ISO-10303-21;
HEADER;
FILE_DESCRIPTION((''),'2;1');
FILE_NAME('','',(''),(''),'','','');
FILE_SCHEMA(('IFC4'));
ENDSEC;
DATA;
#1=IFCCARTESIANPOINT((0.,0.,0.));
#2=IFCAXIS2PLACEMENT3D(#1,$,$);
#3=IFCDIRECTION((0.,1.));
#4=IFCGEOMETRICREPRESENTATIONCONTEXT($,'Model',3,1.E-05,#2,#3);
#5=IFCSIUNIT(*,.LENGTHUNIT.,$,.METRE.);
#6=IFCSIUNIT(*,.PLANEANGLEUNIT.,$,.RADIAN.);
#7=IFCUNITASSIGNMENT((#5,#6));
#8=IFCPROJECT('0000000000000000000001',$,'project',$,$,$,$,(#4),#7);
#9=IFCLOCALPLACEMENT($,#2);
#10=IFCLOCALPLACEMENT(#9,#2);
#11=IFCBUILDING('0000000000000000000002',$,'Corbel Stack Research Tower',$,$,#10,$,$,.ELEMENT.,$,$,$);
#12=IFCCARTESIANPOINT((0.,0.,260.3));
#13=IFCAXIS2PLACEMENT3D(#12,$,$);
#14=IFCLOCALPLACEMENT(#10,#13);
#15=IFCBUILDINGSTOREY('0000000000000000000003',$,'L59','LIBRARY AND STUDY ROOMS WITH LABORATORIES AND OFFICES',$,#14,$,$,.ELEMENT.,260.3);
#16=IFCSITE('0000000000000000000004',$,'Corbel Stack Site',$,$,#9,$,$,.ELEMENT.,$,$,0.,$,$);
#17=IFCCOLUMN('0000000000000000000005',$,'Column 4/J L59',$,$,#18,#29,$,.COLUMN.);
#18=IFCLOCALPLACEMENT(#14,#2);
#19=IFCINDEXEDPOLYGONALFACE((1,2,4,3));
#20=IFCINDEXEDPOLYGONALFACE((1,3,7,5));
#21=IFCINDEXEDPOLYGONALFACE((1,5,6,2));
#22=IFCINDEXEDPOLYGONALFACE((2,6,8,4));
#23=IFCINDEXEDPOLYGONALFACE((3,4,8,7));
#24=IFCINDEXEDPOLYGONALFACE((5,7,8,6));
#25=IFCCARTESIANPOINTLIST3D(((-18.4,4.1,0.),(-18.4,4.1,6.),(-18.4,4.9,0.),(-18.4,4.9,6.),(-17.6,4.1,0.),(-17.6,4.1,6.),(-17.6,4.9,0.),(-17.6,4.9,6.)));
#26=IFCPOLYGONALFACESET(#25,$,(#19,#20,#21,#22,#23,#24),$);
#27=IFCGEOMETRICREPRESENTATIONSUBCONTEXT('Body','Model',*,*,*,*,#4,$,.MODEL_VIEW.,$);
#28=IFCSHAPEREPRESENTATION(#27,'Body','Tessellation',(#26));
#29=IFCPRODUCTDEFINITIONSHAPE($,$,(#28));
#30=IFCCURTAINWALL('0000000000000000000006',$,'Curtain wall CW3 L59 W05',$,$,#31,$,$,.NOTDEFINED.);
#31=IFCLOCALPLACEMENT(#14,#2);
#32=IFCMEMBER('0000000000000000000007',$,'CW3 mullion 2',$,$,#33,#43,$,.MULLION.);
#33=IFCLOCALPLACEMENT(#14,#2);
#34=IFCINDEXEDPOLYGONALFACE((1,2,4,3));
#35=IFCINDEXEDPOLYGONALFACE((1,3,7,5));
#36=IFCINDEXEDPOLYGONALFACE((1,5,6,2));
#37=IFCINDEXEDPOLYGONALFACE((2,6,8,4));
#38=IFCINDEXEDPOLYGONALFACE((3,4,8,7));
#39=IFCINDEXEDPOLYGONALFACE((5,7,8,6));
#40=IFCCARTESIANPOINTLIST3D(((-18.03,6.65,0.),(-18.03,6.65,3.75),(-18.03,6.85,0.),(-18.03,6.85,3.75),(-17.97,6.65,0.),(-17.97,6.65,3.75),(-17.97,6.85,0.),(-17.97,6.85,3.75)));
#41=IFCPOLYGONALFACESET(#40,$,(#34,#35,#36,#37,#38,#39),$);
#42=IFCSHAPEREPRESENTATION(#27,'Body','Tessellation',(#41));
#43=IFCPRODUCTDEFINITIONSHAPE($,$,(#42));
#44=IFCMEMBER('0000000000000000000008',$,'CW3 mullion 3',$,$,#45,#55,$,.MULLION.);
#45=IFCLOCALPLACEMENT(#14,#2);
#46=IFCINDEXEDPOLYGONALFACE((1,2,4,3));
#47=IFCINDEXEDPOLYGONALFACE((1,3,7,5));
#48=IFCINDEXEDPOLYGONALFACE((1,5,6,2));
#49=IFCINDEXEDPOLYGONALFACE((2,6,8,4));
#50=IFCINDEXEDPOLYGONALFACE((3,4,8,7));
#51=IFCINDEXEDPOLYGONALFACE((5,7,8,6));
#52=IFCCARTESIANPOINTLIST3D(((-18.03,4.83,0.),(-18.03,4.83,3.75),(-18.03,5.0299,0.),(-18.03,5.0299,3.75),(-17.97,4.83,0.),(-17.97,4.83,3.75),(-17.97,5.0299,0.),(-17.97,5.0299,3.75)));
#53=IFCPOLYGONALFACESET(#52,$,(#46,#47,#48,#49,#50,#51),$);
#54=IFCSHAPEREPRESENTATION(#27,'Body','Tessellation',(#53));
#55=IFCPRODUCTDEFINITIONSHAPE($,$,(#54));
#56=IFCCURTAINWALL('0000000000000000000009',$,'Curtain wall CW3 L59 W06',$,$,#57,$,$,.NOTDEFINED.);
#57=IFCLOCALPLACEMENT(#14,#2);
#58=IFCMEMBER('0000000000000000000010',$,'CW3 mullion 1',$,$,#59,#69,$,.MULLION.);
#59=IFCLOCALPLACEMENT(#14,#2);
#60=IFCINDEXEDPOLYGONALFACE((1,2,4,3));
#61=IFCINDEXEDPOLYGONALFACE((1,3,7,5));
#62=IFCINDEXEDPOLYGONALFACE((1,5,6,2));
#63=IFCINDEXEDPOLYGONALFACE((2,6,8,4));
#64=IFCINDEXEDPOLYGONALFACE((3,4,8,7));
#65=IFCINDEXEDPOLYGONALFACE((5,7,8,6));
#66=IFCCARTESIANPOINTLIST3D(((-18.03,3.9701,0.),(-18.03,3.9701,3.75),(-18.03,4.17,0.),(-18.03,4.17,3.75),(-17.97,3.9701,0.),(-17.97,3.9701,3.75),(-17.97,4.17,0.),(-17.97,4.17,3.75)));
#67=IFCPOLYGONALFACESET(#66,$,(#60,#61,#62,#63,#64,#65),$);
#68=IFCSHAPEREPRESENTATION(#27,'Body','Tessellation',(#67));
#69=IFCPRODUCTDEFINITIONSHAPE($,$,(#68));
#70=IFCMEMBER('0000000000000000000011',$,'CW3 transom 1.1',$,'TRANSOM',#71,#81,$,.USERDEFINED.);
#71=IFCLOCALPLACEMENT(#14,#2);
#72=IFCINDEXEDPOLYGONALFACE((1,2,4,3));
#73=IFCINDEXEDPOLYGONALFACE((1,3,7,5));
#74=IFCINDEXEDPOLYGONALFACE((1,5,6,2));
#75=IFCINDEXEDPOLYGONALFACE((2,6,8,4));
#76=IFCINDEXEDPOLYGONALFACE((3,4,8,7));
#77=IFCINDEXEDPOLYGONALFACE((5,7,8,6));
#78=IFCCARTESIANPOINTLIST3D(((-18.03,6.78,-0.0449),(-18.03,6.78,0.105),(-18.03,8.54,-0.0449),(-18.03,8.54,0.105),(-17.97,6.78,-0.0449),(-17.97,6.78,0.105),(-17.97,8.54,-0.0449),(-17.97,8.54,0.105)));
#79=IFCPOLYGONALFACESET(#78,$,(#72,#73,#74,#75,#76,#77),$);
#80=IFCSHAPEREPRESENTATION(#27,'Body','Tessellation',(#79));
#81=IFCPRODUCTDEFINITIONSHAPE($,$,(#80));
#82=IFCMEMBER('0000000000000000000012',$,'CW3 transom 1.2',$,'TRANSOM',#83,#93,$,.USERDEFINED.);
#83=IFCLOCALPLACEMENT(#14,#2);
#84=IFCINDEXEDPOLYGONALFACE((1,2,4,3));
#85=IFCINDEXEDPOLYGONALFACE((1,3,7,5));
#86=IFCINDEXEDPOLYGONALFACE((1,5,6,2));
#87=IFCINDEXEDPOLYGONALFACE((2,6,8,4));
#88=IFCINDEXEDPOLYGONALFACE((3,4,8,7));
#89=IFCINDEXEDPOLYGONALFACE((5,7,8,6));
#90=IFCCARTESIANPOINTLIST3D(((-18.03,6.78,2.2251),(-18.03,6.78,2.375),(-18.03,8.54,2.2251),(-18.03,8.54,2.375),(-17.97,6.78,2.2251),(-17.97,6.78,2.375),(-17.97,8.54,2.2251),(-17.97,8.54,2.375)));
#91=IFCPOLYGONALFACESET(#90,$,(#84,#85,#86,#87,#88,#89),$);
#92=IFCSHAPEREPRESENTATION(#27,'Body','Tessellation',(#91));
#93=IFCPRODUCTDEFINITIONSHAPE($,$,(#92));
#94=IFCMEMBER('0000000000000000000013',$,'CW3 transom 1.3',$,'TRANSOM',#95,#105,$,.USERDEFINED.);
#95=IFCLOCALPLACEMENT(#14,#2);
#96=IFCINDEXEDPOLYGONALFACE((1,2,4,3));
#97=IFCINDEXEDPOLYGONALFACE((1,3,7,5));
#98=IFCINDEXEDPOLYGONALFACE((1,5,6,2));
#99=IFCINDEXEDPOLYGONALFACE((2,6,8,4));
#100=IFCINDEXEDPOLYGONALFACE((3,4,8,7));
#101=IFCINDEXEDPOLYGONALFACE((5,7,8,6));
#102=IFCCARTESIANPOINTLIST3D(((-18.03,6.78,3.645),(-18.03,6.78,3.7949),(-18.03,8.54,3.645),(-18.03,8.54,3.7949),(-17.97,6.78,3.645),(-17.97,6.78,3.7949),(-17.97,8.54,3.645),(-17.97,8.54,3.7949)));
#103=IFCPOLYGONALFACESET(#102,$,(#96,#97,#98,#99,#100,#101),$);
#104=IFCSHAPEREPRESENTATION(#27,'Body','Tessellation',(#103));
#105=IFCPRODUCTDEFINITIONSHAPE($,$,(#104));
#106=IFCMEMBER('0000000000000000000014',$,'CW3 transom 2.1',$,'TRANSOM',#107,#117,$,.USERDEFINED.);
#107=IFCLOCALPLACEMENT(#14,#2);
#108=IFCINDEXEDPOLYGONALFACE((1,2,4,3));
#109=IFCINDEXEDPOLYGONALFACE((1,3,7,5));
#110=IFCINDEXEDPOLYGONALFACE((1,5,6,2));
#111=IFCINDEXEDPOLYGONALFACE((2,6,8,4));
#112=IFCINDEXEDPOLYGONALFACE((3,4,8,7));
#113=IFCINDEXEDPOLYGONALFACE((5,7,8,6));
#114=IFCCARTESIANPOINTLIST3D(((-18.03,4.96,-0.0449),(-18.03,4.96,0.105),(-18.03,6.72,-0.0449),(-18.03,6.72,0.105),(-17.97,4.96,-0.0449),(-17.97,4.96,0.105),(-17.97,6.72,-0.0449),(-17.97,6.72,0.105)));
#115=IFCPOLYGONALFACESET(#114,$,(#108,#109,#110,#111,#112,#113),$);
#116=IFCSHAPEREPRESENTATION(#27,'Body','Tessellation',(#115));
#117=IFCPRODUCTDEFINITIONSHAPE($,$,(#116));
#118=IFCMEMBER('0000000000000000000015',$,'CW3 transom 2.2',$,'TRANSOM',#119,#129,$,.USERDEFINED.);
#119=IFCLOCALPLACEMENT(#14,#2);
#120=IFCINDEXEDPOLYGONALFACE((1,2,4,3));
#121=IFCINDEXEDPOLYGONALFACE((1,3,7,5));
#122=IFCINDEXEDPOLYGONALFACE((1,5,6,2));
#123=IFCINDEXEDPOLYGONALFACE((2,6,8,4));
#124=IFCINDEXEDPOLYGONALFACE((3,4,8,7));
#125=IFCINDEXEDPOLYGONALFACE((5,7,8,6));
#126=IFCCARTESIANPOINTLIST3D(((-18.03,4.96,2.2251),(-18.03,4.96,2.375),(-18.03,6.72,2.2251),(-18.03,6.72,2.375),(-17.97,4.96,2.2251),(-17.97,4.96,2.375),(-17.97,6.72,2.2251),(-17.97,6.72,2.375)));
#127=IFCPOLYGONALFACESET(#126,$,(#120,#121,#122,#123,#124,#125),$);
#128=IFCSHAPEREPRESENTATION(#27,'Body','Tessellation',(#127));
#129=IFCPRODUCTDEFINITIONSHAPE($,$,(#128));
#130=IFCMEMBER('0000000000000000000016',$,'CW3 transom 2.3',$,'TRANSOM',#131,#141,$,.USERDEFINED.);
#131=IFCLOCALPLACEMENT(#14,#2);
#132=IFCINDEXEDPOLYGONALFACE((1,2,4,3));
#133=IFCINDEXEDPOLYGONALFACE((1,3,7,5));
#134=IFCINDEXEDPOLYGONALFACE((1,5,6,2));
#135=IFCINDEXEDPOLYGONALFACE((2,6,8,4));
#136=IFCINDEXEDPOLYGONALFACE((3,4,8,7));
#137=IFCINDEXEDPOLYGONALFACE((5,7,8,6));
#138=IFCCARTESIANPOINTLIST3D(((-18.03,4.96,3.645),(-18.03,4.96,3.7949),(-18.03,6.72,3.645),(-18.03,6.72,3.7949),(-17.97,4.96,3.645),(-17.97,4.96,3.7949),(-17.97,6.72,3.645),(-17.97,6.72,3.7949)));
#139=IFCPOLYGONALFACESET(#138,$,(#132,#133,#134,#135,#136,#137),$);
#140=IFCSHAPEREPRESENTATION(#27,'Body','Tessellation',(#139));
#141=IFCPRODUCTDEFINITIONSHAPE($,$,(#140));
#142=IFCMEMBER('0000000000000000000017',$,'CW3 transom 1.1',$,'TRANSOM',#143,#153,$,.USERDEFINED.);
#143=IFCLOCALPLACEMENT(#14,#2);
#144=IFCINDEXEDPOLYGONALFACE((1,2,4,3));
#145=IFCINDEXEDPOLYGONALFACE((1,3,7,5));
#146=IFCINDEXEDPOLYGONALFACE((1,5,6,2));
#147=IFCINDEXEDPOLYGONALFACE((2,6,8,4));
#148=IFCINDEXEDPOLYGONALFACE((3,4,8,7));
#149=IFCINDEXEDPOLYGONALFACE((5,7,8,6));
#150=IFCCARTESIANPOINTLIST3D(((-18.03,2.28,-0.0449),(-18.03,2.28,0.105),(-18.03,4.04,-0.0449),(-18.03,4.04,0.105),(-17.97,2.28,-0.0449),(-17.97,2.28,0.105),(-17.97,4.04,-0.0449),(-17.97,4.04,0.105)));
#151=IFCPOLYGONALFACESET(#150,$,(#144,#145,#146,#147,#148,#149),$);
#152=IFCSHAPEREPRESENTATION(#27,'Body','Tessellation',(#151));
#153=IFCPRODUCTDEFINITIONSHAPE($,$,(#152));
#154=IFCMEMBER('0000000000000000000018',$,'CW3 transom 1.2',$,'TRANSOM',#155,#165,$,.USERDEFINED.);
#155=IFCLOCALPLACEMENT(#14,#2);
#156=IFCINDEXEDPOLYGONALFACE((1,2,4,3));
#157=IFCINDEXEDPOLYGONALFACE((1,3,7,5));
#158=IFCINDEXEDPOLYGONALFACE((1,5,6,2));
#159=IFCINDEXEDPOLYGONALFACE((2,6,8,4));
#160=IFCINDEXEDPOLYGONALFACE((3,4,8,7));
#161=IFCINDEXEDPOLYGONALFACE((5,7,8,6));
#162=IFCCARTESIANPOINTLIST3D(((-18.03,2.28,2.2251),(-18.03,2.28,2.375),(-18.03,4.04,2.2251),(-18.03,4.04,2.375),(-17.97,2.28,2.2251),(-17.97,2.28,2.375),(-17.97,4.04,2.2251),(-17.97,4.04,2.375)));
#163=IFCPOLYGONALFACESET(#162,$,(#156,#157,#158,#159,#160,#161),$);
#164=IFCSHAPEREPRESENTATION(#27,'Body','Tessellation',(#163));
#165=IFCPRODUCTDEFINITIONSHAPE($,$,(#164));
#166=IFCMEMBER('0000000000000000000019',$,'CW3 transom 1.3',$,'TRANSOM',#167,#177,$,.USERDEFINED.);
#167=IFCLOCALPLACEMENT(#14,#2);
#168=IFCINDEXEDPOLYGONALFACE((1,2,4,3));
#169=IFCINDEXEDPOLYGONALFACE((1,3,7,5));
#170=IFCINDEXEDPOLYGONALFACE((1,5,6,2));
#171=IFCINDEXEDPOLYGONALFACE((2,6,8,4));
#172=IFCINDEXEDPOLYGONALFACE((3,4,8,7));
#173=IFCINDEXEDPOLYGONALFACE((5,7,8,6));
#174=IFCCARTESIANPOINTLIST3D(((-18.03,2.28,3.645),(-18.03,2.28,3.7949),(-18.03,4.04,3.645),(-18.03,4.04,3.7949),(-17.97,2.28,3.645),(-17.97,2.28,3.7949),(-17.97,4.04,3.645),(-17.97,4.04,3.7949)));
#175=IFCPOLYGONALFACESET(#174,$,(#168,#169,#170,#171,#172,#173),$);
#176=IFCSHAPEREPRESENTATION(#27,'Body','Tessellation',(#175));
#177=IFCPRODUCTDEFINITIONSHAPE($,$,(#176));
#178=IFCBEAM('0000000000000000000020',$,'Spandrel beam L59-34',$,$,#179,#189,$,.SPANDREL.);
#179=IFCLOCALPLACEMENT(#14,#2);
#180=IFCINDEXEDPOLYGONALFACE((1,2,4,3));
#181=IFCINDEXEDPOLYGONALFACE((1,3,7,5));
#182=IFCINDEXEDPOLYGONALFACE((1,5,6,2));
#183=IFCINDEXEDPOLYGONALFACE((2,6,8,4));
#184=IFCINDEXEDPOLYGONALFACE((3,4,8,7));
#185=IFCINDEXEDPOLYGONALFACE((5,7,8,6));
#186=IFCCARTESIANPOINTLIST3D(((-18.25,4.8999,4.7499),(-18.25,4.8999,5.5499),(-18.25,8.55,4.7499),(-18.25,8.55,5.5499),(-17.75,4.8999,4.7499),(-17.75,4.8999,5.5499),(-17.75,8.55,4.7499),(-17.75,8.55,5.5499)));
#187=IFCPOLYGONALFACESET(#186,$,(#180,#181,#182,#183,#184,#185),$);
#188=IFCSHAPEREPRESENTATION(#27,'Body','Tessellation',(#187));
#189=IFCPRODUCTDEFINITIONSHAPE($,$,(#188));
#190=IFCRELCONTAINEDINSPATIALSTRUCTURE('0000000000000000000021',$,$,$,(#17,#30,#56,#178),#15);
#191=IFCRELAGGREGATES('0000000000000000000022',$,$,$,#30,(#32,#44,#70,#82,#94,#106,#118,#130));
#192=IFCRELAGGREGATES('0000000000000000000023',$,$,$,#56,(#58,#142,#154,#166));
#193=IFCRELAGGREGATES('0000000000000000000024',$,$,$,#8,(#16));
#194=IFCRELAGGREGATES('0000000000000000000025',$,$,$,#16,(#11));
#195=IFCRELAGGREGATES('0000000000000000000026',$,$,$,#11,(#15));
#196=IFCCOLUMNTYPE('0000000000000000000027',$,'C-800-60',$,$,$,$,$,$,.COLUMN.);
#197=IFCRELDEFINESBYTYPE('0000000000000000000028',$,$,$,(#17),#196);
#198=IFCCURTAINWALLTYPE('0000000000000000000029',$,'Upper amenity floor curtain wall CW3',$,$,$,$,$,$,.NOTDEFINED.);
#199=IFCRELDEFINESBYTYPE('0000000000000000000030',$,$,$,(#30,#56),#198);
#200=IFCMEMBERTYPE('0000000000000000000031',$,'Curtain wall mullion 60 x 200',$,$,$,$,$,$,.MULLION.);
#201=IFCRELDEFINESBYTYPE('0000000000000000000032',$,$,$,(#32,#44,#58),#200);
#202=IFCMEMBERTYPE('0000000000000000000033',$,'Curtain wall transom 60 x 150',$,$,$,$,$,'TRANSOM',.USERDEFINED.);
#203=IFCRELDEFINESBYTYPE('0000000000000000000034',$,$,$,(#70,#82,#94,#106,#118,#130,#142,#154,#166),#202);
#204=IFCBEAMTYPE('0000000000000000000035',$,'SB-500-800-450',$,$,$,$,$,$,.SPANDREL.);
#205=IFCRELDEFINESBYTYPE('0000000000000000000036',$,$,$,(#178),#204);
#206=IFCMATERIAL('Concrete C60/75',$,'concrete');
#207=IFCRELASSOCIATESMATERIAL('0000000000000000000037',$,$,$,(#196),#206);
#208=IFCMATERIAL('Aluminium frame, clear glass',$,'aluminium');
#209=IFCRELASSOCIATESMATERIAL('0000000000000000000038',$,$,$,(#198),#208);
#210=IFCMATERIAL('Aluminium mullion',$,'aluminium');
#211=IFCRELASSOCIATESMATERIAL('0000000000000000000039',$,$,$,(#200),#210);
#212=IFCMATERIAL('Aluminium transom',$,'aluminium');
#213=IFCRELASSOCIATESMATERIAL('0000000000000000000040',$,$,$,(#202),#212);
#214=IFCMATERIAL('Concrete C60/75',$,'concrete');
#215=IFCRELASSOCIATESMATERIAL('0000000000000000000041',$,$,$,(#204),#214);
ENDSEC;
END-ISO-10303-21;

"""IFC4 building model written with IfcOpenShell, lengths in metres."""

from ifc_helpers import new_model, si_unit, direction, frame, origin, origin_2d, place, context, subcontext, project, spatial, rectangle, extrude, material, material_profile, profile_set, type_object, element, aggregate, save


model = new_model("IFC4")

# Units and contexts
model_context = context("Model", 3, precision=1e-05, world=origin(), true_north=direction((0.0, 1.0)))
body_context = subcontext(model_context, "Body", "Model", "MODEL_VIEW")
ifc_project = project(units=[si_unit("LENGTHUNIT", "METRE"), si_unit("PLANEANGLEUNIT", "RADIAN")], contexts=[model_context])

# Site, building, storey
site_placement = place(None, origin())
site = spatial("IfcSite", under=ifc_project, at=site_placement, Name="Corbel Stack Site", CompositionType="ELEMENT", RefElevation=0.0)
building_placement = place(site_placement, origin())
building = spatial("IfcBuilding", under=site, at=building_placement, Name="Corbel Stack Research Tower", CompositionType="ELEMENT")
storey_placement = place(building_placement, frame((0.0, 0.0, 260.3)))
storey = spatial("IfcBuildingStorey", under=building, at=storey_placement, Name="L59", Description="LIBRARY AND STUDY ROOMS WITH LABORATORIES AND OFFICES", CompositionType="ELEMENT", Elevation=260.3)

# Column
ifc_material_1 = material(Name="Concrete C60/75", Category="concrete")
ifc_material_profile_1 = material_profile(ifc_material_1, rectangle(XDim=0.8, YDim=0.8, at=origin_2d()), Name="RC 800 x 800")
ifc_profile_set_1 = profile_set([ifc_material_profile_1], Name="Concrete C60/75")
column_type = type_object("IfcColumnType", Name="C-800-60", PredefinedType="COLUMN", material=ifc_profile_set_1)
column_placement = place(storey_placement, frame((-18.0, 4.5, 0.0), z_axis=(0.0, 0.0, 1.0), x_axis=(1.0, 0.0, 0.0)))
element("IfcColumn", 1, at=column_placement, inside=storey, type_object=column_type, Name="Column 4/J L59", PredefinedType="COLUMN", context=body_context, shape_type="SweptSolid", body=[
    extrude(rectangle(XDim=0.8, YDim=0.8, at=origin_2d()), origin(), (0.0, 0.0, 1.0), 6.0),
])

# Curtain wall, members
ifc_material_2 = material(Name="Aluminium frame, clear glass", Category="aluminium")
curtain_wall_type = type_object("IfcCurtainWallType", Name="Upper amenity floor curtain wall CW3", PredefinedType="NOTDEFINED", material=ifc_material_2)
curtain_wall_1_placement = place(storey_placement, origin())
curtain_wall_1 = element("IfcCurtainWall", 2, at=curtain_wall_1_placement, inside=storey, type_object=curtain_wall_type, Name="Curtain wall CW3 L59 W05", PredefinedType="NOTDEFINED")
ifc_material_3 = material(Name="Aluminium mullion", Category="aluminium")
ifc_material_profile_2 = material_profile(ifc_material_3, rectangle(XDim=0.0601, YDim=0.2, at=origin_2d()), Name="Mullion 60 x 200")
ifc_profile_set_2 = profile_set([ifc_material_profile_2], Name="Aluminium mullion")
member_type_1 = type_object("IfcMemberType", Name="Curtain wall mullion 60 x 200", PredefinedType="MULLION", material=ifc_profile_set_2)
member_1_placement = place(storey_placement, frame((-18.0, 6.75, 0.0), z_axis=(0.0, 0.0, 1.0), x_axis=(1.0, 0.0, 0.0)))
member_1 = element("IfcMember", 3, at=member_1_placement, type_object=member_type_1, Name="CW3 mullion 2", PredefinedType="MULLION", context=body_context, shape_type="SweptSolid", body=[
    extrude(rectangle(XDim=0.0601, YDim=0.2, at=origin_2d()), origin(), (0.0, 0.0, 1.0), 3.75),
])
member_2_placement = place(storey_placement, frame((-18.0, 4.9299, 0.0), z_axis=(0.0, 0.0, 1.0), x_axis=(1.0, 0.0, 0.0)))
member_2 = element("IfcMember", 4, at=member_2_placement, type_object=member_type_1, Name="CW3 mullion 3", PredefinedType="MULLION", context=body_context, shape_type="SweptSolid", body=[
    extrude(rectangle(XDim=0.0601, YDim=0.2, at=origin_2d()), origin(), (0.0, 0.0, 1.0), 3.75),
])

# Curtain wall, member
curtain_wall_2_placement = place(storey_placement, origin())
curtain_wall_2 = element("IfcCurtainWall", 5, at=curtain_wall_2_placement, inside=storey, type_object=curtain_wall_type, Name="Curtain wall CW3 L59 W06", PredefinedType="NOTDEFINED")
member_3_placement = place(storey_placement, frame((-18.0, 4.0701, 0.0), z_axis=(0.0, 0.0, 1.0), x_axis=(1.0, 0.0, 0.0)))
member_3 = element("IfcMember", 6, at=member_3_placement, type_object=member_type_1, Name="CW3 mullion 1", PredefinedType="MULLION", context=body_context, shape_type="SweptSolid", body=[
    extrude(rectangle(XDim=0.0601, YDim=0.2, at=origin_2d()), origin(), (0.0, 0.0, 1.0), 3.75),
])

# Members
ifc_material_4 = material(Name="Aluminium transom", Category="aluminium")
ifc_material_profile_3 = material_profile(ifc_material_4, rectangle(XDim=0.0601, YDim=0.1499, at=origin_2d()), Name="Transom 60 x 150")
ifc_profile_set_3 = profile_set([ifc_material_profile_3], Name="Aluminium transom")
member_type_2 = type_object("IfcMemberType", Name="Curtain wall transom 60 x 150", ElementType="TRANSOM", PredefinedType="USERDEFINED", material=ifc_profile_set_3)
member_4_placement = place(storey_placement, frame((-18.0, 8.54, 0.03), z_axis=(0.0, -1.0, 0.0), x_axis=(1.0, 0.0, 0.0)))
member_4 = element("IfcMember", 7, at=member_4_placement, type_object=member_type_2, Name="CW3 transom 1.1", ObjectType="TRANSOM", PredefinedType="USERDEFINED", context=body_context, shape_type="SweptSolid", body=[
    extrude(rectangle(XDim=0.0601, YDim=0.1499, at=origin_2d()), origin(), (0.0, 0.0, 1.0), 1.76),
])
member_5_placement = place(storey_placement, frame((-18.0, 8.54, 2.3), z_axis=(0.0, -1.0, 0.0), x_axis=(1.0, 0.0, 0.0)))
member_5 = element("IfcMember", 8, at=member_5_placement, type_object=member_type_2, Name="CW3 transom 1.2", ObjectType="TRANSOM", PredefinedType="USERDEFINED", context=body_context, shape_type="SweptSolid", body=[
    extrude(rectangle(XDim=0.0601, YDim=0.1499, at=origin_2d()), origin(), (0.0, 0.0, 1.0), 1.76),
])
member_6_placement = place(storey_placement, frame((-18.0, 8.54, 3.72), z_axis=(0.0, -1.0, 0.0), x_axis=(1.0, 0.0, 0.0)))
member_6 = element("IfcMember", 9, at=member_6_placement, type_object=member_type_2, Name="CW3 transom 1.3", ObjectType="TRANSOM", PredefinedType="USERDEFINED", context=body_context, shape_type="SweptSolid", body=[
    extrude(rectangle(XDim=0.0601, YDim=0.1499, at=origin_2d()), origin(), (0.0, 0.0, 1.0), 1.76),
])
member_7_placement = place(storey_placement, frame((-18.0, 6.72, 0.03), z_axis=(0.0, -1.0, 0.0), x_axis=(1.0, 0.0, 0.0)))
member_7 = element("IfcMember", 10, at=member_7_placement, type_object=member_type_2, Name="CW3 transom 2.1", ObjectType="TRANSOM", PredefinedType="USERDEFINED", context=body_context, shape_type="SweptSolid", body=[
    extrude(rectangle(XDim=0.0601, YDim=0.1499, at=origin_2d()), origin(), (0.0, 0.0, 1.0), 1.76),
])
member_8_placement = place(storey_placement, frame((-18.0, 6.72, 2.3), z_axis=(0.0, -1.0, 0.0), x_axis=(1.0, 0.0, 0.0)))
member_8 = element("IfcMember", 11, at=member_8_placement, type_object=member_type_2, Name="CW3 transom 2.2", ObjectType="TRANSOM", PredefinedType="USERDEFINED", context=body_context, shape_type="SweptSolid", body=[
    extrude(rectangle(XDim=0.0601, YDim=0.1499, at=origin_2d()), origin(), (0.0, 0.0, 1.0), 1.76),
])
member_9_placement = place(storey_placement, frame((-18.0, 6.72, 3.72), z_axis=(0.0, -1.0, 0.0), x_axis=(1.0, 0.0, 0.0)))
member_9 = element("IfcMember", 12, at=member_9_placement, type_object=member_type_2, Name="CW3 transom 2.3", ObjectType="TRANSOM", PredefinedType="USERDEFINED", context=body_context, shape_type="SweptSolid", body=[
    extrude(rectangle(XDim=0.0601, YDim=0.1499, at=origin_2d()), origin(), (0.0, 0.0, 1.0), 1.76),
])
member_10_placement = place(storey_placement, frame((-18.0, 4.04, 0.03), z_axis=(0.0, -1.0, 0.0), x_axis=(1.0, 0.0, 0.0)))
member_10 = element("IfcMember", 13, at=member_10_placement, type_object=member_type_2, Name="CW3 transom 1.1", ObjectType="TRANSOM", PredefinedType="USERDEFINED", context=body_context, shape_type="SweptSolid", body=[
    extrude(rectangle(XDim=0.0601, YDim=0.1499, at=origin_2d()), origin(), (0.0, 0.0, 1.0), 1.76),
])
member_11_placement = place(storey_placement, frame((-18.0, 4.04, 2.3), z_axis=(0.0, -1.0, 0.0), x_axis=(1.0, 0.0, 0.0)))
member_11 = element("IfcMember", 14, at=member_11_placement, type_object=member_type_2, Name="CW3 transom 1.2", ObjectType="TRANSOM", PredefinedType="USERDEFINED", context=body_context, shape_type="SweptSolid", body=[
    extrude(rectangle(XDim=0.0601, YDim=0.1499, at=origin_2d()), origin(), (0.0, 0.0, 1.0), 1.76),
])
member_12_placement = place(storey_placement, frame((-18.0, 4.04, 3.72), z_axis=(0.0, -1.0, 0.0), x_axis=(1.0, 0.0, 0.0)))
member_12 = element("IfcMember", 15, at=member_12_placement, type_object=member_type_2, Name="CW3 transom 1.3", ObjectType="TRANSOM", PredefinedType="USERDEFINED", context=body_context, shape_type="SweptSolid", body=[
    extrude(rectangle(XDim=0.0601, YDim=0.1499, at=origin_2d()), origin(), (0.0, 0.0, 1.0), 1.76),
])

# Beam
ifc_material_5 = material(Name="Concrete C60/75", Category="concrete")
ifc_material_profile_4 = material_profile(ifc_material_5, rectangle(XDim=0.5, YDim=0.8, at=origin_2d()), Name="RC 500 x 800")
ifc_profile_set_4 = profile_set([ifc_material_profile_4], Name="Concrete C60/75")
beam_type = type_object("IfcBeamType", Name="SB-500-800-450", PredefinedType="SPANDREL", material=ifc_profile_set_4)
for number, where, z_axis, x_axis, name in (
    (16, (-18.0, 8.55, 5.1499), (0.0, -1.0, 0.0), (1.0, 0.0, 0.0), "Spandrel beam L59-34"),
):
    element("IfcBeam", number, at=place(storey_placement, frame(where, z_axis=z_axis, x_axis=x_axis)), inside=storey, type_object=beam_type, Name=name, PredefinedType="SPANDREL", context=body_context, shape_type="SweptSolid", body=[
        extrude(rectangle(XDim=0.5, YDim=0.8, at=origin_2d()), origin(), (0.0, 0.0, 1.0), 3.6501),
    ])

aggregate(curtain_wall_1, [member_1, member_2, member_4, member_5, member_6, member_7, member_8, member_9])
aggregate(curtain_wall_2, [member_3, member_10, member_11, member_12])

save(model, "model.ifc")
